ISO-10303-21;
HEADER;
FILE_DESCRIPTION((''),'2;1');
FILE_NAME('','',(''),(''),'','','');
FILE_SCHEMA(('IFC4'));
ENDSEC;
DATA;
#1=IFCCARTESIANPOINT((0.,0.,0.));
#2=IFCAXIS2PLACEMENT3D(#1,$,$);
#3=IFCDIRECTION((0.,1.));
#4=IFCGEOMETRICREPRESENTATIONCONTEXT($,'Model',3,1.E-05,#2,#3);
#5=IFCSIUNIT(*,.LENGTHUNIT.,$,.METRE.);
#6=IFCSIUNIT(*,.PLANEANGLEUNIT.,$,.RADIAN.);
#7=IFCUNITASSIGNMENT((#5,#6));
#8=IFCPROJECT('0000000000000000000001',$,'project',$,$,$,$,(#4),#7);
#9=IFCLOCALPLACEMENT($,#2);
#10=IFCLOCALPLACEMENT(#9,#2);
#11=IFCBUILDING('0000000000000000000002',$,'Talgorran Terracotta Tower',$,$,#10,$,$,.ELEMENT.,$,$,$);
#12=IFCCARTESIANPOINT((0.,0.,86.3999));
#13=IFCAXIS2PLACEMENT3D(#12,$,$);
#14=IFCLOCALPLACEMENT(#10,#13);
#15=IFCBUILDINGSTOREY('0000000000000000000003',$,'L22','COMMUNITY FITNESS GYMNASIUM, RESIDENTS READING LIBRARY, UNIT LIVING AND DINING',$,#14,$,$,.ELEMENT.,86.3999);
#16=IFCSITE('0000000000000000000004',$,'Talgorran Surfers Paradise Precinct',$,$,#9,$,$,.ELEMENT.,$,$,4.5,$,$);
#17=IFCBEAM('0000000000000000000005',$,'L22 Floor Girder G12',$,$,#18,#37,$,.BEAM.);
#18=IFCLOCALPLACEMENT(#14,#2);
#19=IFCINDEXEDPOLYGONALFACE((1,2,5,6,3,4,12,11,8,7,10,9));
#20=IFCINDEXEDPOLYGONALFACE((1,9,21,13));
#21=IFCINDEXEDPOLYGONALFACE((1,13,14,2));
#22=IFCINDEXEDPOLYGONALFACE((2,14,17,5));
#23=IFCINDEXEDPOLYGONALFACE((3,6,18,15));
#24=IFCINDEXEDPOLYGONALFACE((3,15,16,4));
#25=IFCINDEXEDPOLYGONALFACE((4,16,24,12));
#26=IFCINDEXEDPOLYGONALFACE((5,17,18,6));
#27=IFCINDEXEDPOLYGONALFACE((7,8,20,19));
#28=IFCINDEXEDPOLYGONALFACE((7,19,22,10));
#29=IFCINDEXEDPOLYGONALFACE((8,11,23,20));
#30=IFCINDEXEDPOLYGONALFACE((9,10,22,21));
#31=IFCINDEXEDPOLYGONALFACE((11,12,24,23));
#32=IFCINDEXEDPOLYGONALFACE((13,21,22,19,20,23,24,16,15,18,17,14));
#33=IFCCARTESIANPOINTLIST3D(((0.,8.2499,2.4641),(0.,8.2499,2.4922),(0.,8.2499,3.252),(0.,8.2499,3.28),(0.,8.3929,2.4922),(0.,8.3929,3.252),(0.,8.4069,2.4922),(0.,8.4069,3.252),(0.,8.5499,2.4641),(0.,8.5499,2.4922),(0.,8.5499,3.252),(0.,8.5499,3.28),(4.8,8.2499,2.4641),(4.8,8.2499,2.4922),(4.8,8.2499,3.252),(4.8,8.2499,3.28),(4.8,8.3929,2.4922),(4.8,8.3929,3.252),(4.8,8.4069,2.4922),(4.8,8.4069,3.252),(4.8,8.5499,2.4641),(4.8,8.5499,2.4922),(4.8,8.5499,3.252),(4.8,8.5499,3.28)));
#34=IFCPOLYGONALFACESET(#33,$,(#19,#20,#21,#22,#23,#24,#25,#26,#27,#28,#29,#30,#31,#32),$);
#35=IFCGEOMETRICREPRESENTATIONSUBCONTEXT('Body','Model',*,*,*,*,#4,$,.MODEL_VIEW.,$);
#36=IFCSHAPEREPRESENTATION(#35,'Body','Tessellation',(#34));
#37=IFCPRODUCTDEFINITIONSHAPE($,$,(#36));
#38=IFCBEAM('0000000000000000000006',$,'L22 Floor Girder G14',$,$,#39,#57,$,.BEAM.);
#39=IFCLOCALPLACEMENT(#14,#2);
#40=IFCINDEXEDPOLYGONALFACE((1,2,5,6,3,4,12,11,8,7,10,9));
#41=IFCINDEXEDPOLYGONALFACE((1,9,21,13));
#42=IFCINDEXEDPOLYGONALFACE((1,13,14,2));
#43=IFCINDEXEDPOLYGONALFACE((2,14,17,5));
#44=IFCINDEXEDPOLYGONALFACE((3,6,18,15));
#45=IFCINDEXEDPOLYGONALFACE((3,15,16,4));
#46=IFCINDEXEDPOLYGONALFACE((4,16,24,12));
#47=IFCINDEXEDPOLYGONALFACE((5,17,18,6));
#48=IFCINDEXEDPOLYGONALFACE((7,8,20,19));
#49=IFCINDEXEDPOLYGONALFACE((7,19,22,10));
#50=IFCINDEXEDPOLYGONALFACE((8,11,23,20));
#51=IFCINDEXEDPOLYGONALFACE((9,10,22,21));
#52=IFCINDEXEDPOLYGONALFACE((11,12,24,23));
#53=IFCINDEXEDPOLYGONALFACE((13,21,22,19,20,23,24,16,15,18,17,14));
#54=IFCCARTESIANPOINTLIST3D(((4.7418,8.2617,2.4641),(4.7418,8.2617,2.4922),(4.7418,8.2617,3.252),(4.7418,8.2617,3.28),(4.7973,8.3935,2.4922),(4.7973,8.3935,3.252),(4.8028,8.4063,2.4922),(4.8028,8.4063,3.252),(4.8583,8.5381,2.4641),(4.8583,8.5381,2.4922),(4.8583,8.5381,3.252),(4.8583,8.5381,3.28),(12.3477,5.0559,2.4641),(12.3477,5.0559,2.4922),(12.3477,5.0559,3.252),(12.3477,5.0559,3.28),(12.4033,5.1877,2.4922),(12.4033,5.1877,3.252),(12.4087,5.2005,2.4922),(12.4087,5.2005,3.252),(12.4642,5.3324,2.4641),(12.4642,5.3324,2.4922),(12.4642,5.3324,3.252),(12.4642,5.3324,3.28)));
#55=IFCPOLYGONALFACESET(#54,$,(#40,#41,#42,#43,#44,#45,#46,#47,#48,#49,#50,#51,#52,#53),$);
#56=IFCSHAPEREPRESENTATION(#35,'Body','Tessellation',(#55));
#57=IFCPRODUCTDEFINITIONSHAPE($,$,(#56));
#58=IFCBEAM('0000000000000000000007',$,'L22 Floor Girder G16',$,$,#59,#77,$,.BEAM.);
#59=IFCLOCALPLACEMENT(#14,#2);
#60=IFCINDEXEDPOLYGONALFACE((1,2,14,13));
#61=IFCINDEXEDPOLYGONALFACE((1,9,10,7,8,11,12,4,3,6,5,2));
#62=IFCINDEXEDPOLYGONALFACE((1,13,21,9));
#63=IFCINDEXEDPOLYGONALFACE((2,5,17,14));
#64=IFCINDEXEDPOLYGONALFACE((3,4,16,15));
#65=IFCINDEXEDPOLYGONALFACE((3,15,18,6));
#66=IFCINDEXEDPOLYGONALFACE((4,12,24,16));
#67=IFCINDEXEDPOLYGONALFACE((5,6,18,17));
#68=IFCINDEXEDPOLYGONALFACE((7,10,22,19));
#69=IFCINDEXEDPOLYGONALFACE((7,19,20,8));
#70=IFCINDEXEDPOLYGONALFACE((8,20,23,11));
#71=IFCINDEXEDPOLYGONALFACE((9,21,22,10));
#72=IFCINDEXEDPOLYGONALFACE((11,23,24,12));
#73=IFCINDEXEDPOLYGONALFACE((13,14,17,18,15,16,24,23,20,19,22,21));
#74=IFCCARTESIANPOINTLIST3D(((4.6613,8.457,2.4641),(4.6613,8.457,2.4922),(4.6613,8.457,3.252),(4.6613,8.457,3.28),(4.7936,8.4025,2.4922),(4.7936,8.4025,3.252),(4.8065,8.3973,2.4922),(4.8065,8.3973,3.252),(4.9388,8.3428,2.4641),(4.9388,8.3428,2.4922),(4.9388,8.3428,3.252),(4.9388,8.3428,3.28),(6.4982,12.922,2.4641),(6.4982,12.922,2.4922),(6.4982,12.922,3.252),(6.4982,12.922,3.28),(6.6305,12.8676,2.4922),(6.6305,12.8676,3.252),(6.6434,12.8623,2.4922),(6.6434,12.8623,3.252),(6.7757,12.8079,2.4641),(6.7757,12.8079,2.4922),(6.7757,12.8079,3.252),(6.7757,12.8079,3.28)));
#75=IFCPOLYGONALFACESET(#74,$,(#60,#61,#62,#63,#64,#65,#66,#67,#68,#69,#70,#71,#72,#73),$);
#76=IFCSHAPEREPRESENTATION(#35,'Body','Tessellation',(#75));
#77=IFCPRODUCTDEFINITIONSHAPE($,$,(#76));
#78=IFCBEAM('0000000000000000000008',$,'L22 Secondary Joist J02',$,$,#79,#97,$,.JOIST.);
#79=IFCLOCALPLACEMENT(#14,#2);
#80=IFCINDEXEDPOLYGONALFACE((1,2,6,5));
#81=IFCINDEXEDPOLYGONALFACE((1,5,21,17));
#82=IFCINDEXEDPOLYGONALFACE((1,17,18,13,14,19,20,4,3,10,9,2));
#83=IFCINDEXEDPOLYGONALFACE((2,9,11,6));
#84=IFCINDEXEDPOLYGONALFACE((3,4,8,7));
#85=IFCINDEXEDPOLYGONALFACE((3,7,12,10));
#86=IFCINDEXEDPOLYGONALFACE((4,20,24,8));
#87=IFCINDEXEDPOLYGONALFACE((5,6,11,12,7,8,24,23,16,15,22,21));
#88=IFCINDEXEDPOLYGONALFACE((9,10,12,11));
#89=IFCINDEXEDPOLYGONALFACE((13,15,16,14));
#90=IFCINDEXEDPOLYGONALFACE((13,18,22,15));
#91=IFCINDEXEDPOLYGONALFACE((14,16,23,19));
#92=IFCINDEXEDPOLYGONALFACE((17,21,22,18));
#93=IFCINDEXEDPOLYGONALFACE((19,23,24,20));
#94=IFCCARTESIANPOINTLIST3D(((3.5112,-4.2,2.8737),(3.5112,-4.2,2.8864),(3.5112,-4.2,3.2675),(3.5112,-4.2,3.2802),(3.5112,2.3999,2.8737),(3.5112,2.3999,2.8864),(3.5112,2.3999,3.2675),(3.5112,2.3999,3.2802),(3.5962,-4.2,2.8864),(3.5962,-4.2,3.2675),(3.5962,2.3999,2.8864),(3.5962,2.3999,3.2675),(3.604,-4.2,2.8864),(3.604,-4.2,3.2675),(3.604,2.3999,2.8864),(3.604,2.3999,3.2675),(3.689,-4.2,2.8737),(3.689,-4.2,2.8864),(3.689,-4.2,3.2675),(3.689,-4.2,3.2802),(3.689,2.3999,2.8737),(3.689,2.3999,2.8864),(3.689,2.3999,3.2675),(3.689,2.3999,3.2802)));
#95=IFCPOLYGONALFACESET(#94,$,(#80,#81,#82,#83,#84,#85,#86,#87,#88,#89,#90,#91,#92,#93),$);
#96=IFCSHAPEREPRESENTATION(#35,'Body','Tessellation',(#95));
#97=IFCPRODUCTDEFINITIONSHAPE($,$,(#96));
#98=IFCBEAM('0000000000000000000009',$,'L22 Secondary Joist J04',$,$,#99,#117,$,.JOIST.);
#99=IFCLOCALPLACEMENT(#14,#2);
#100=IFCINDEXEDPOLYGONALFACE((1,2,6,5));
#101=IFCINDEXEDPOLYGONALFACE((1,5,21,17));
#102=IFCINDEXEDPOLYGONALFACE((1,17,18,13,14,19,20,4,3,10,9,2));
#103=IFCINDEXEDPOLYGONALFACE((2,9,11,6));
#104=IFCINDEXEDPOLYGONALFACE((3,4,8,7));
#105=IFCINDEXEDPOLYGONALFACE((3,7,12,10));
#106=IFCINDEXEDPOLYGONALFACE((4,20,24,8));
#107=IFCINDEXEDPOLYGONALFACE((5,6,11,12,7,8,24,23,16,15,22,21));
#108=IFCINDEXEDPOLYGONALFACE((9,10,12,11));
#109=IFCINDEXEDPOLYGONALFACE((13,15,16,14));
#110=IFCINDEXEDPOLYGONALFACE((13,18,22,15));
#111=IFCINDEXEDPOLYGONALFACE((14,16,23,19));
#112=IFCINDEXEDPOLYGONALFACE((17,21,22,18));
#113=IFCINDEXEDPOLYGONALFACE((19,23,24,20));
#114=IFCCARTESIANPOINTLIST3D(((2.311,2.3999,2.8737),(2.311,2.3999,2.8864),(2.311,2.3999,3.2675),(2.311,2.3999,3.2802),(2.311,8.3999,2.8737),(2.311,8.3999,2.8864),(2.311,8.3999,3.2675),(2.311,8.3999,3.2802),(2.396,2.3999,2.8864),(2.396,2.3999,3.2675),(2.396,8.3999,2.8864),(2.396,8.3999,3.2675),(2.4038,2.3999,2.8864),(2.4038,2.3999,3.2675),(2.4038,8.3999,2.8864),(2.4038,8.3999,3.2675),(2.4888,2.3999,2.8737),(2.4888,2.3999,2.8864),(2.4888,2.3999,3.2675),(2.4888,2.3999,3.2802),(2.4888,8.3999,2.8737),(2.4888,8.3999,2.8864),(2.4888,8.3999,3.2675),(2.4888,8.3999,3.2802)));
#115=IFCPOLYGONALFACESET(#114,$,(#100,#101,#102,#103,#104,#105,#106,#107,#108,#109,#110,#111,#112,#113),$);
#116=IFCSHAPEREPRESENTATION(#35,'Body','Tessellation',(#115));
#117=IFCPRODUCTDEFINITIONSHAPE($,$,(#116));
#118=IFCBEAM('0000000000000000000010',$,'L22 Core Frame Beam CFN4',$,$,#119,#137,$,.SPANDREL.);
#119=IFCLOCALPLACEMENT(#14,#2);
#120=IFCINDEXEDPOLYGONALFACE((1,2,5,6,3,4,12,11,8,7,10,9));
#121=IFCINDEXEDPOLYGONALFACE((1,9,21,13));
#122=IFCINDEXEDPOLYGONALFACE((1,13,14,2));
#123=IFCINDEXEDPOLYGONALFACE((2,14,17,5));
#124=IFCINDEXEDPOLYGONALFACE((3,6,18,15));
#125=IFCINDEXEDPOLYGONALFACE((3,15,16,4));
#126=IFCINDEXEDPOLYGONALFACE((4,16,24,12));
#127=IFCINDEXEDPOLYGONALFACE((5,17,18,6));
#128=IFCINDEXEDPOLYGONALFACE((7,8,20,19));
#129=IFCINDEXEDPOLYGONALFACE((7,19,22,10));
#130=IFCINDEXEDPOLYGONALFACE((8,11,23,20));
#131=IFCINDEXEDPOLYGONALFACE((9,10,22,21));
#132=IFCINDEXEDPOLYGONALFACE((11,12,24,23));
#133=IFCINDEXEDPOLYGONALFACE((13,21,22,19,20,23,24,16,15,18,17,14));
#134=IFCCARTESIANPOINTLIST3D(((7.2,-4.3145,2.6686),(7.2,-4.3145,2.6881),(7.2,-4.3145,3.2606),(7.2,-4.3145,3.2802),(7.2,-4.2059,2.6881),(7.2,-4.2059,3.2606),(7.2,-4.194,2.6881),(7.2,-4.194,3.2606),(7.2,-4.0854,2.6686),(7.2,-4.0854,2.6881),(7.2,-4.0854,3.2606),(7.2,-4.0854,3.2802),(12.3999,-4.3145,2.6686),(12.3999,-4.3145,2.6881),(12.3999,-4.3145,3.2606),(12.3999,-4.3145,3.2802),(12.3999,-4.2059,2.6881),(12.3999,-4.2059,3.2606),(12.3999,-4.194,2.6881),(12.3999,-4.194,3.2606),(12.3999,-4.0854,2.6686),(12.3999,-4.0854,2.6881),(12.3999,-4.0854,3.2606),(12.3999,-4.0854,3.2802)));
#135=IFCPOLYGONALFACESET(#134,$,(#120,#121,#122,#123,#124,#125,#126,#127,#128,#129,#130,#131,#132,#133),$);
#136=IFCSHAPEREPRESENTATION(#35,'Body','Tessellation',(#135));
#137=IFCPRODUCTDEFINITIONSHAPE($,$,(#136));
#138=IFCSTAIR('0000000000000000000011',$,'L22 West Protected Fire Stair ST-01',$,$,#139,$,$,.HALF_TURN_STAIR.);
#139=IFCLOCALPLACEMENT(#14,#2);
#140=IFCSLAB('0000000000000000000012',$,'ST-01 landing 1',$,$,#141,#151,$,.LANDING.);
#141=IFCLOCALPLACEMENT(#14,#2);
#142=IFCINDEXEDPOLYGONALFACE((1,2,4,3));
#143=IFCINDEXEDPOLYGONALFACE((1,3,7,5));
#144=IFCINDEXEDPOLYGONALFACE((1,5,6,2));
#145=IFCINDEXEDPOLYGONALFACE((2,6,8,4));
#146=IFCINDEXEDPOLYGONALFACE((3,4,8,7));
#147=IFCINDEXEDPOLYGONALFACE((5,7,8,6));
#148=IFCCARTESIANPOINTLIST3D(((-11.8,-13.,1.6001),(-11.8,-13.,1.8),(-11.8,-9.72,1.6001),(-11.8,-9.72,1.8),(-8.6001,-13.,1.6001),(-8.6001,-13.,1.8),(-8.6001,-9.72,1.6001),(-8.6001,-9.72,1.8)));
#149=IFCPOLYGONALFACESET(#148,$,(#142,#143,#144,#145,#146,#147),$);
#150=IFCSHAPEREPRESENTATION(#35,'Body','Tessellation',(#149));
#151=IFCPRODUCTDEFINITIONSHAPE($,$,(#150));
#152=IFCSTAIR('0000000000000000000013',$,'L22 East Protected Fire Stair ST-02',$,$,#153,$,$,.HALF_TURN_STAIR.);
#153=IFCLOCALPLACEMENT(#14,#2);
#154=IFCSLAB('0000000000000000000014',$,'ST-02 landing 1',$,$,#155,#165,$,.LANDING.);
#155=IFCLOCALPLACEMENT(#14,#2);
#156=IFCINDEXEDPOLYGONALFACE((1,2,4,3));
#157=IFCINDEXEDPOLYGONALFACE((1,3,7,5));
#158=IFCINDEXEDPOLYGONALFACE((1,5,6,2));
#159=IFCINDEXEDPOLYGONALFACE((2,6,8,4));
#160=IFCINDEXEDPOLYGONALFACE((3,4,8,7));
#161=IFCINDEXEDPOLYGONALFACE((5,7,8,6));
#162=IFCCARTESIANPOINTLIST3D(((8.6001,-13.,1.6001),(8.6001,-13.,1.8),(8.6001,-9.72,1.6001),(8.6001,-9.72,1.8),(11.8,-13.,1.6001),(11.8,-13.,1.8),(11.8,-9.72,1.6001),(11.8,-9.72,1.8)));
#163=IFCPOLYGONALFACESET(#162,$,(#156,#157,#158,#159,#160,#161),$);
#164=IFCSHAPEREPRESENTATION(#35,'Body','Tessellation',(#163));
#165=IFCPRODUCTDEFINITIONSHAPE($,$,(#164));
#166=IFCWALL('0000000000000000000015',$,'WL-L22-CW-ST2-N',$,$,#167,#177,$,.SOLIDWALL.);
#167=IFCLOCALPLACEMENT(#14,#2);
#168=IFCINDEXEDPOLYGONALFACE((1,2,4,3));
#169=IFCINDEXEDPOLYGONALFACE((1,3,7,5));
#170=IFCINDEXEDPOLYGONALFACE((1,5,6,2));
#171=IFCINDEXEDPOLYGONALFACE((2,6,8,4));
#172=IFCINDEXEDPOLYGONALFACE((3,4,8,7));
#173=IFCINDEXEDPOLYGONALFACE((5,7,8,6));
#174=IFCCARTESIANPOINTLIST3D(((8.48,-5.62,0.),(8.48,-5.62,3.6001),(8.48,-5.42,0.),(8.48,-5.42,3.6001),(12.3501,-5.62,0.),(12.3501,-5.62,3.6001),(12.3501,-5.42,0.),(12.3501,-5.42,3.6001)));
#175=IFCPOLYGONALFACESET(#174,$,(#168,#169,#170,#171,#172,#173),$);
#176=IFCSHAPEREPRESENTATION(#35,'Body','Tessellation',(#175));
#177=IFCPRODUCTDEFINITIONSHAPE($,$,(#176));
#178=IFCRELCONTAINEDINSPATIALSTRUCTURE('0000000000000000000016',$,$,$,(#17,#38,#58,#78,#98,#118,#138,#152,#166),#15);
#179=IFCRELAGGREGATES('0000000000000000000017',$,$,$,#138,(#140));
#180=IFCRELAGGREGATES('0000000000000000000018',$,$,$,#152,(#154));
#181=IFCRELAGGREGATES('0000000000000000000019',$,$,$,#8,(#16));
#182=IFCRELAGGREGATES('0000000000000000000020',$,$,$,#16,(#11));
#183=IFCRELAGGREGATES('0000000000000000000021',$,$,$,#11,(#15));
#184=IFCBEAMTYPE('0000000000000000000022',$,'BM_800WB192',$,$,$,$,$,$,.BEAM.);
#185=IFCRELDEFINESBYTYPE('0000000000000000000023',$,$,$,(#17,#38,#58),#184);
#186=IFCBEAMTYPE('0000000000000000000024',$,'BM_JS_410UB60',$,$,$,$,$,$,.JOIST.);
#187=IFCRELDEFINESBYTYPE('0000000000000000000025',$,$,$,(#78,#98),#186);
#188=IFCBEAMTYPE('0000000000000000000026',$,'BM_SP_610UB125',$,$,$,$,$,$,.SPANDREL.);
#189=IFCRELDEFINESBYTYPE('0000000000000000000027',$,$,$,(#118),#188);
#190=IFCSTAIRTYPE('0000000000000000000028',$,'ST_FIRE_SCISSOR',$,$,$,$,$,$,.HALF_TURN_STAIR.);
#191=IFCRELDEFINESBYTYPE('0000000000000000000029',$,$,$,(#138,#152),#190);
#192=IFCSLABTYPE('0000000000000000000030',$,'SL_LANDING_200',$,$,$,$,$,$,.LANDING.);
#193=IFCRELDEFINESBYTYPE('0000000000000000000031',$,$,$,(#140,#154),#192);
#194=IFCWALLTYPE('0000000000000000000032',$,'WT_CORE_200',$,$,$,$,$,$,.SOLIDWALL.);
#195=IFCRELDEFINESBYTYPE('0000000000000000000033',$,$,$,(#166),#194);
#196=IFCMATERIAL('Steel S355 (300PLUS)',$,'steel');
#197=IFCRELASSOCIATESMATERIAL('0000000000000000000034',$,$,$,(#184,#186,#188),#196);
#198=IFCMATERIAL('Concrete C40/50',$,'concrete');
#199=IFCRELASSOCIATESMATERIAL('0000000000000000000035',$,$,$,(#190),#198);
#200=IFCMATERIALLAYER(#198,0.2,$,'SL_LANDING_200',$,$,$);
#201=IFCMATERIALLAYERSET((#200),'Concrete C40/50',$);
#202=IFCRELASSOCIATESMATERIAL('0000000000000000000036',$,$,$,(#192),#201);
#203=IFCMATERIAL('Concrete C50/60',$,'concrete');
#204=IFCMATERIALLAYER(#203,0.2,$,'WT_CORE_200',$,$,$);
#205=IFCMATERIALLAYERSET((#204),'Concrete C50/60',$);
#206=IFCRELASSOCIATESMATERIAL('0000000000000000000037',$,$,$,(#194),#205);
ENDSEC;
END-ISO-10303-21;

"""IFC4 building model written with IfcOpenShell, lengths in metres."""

from ifc_helpers import new_model, si_unit, direction, frame, frame_2d, origin, origin_2d, place, context, subcontext, project, spatial, polyline, rectangle, i_section, outline, extrude, material, layer, layer_set, material_profile, profile_set, type_object, element, aggregate, save


model = new_model("IFC4")

# Units and contexts
model_context = context("Model", 3, precision=1e-05, world=origin(), true_north=direction((0.0, 1.0)))
body_context = subcontext(model_context, "Body", "Model", "MODEL_VIEW")
ifc_project = project(units=[si_unit("LENGTHUNIT", "METRE"), si_unit("PLANEANGLEUNIT", "RADIAN")], contexts=[model_context])

# Site, building, storey
site_placement = place(None, origin())
site = spatial("IfcSite", under=ifc_project, at=site_placement, Name="Talgorran Surfers Paradise Precinct", CompositionType="ELEMENT", RefElevation=4.5)
building_placement = place(site_placement, origin())
building = spatial("IfcBuilding", under=site, at=building_placement, Name="Talgorran Terracotta Tower", CompositionType="ELEMENT")
storey_placement = place(building_placement, frame((0.0, 0.0, 86.3999)))
storey = spatial("IfcBuildingStorey", under=building, at=storey_placement, Name="L22", Description="COMMUNITY FITNESS GYMNASIUM, RESIDENTS READING LIBRARY, UNIT LIVING AND DINING", CompositionType="ELEMENT", Elevation=86.3999)

# Shared definitions
ifc_material_1 = material(Name="Steel S355 (300PLUS)", Category="steel")

# Beams
ifc_material_profile_1 = material_profile(ifc_material_1, i_section(OverallWidth=0.3, OverallDepth=0.8159, WebThickness=0.0139, FlangeThickness=0.0281, at=origin_2d()), Name="800WB192")
ifc_profile_set_1 = profile_set([ifc_material_profile_1], Name="Steel S355 (300PLUS)")
beam_type_1 = type_object("IfcBeamType", Name="BM_800WB192", PredefinedType="BEAM", material=ifc_profile_set_1)
beam_1_placement = place(storey_placement, frame((0.0, 8.3999, 2.8721), z_axis=(1.0, 0.0, 0.0), x_axis=(0.0, 1.0, 0.0)))
element("IfcBeam", 1, at=beam_1_placement, inside=storey, type_object=beam_type_1, Name="L22 Floor Girder G12", PredefinedType="BEAM", context=body_context, shape_type="SweptSolid", body=[
    extrude(i_section(OverallWidth=0.3, OverallDepth=0.8159, WebThickness=0.0139, FlangeThickness=0.0281, at=origin_2d()), origin(), (0.0, 0.0, 1.0), 4.8),
])
beam_2_placement = place(storey_placement, frame((4.8, 8.3999, 2.8721), z_axis=(0.921492, -0.388397, 0.0), x_axis=(0.388397, 0.921492, 0.0)))
element("IfcBeam", 2, at=beam_2_placement, inside=storey, type_object=beam_type_1, Name="L22 Floor Girder G14", PredefinedType="BEAM", context=body_context, shape_type="SweptSolid", body=[
    extrude(i_section(OverallWidth=0.3, OverallDepth=0.8159, WebThickness=0.0139, FlangeThickness=0.0281, at=origin_2d()), origin(), (0.0, 0.0, 1.0), 8.2539),
])
beam_3_placement = place(storey_placement, frame((4.8, 8.3999, 2.8721), z_axis=(0.380457, 0.924798, 0.0), x_axis=(-0.924798, 0.380457, 0.0)))
element("IfcBeam", 3, at=beam_3_placement, inside=storey, type_object=beam_type_1, Name="L22 Floor Girder G16", PredefinedType="BEAM", context=body_context, shape_type="SweptSolid", body=[
    extrude(i_section(OverallWidth=0.3, OverallDepth=0.8159, WebThickness=0.0139, FlangeThickness=0.0281, at=origin_2d()), origin(), (0.0, 0.0, 1.0), 4.8281),
])
ifc_material_profile_2 = material_profile(ifc_material_1, i_section(OverallWidth=0.1777, OverallDepth=0.4065, WebThickness=0.0078, FlangeThickness=0.0127, at=origin_2d()), Name="410UB59.7")
ifc_profile_set_2 = profile_set([ifc_material_profile_2], Name="Steel S355 (300PLUS)")
beam_type_2 = type_object("IfcBeamType", Name="BM_JS_410UB60", PredefinedType="JOIST", material=ifc_profile_set_2)
beam_4_placement = place(storey_placement, frame((3.6001, -4.2, 3.0769), z_axis=(0.0, 1.0, 0.0), x_axis=(-1.0, 0.0, 0.0)))
element("IfcBeam", 4, at=beam_4_placement, inside=storey, type_object=beam_type_2, Name="L22 Secondary Joist J02", PredefinedType="JOIST", context=body_context, shape_type="SweptSolid", body=[
    extrude(i_section(OverallWidth=0.1777, OverallDepth=0.4065, WebThickness=0.0078, FlangeThickness=0.0127, at=origin_2d()), origin(), (0.0, 0.0, 1.0), 6.5999),
])
beam_5_placement = place(storey_placement, frame((2.3999, 2.3999, 3.0769), z_axis=(0.0, 1.0, 0.0), x_axis=(-1.0, 0.0, 0.0)))
element("IfcBeam", 5, at=beam_5_placement, inside=storey, type_object=beam_type_2, Name="L22 Secondary Joist J04", PredefinedType="JOIST", context=body_context, shape_type="SweptSolid", body=[
    extrude(i_section(OverallWidth=0.1777, OverallDepth=0.4065, WebThickness=0.0078, FlangeThickness=0.0127, at=origin_2d()), origin(), (0.0, 0.0, 1.0), 6.0),
])
ifc_material_profile_3 = material_profile(ifc_material_1, i_section(OverallWidth=0.229, OverallDepth=0.6116, WebThickness=0.012, FlangeThickness=0.0195, at=origin_2d()), Name="610UB125")
ifc_profile_set_3 = profile_set([ifc_material_profile_3], Name="Steel S355 (300PLUS)")
beam_type_3 = type_object("IfcBeamType", Name="BM_SP_610UB125", PredefinedType="SPANDREL", material=ifc_profile_set_3)
beam_6_placement = place(storey_placement, frame((7.2, -4.2, 2.9744), z_axis=(1.0, 0.0, 0.0), x_axis=(0.0, 1.0, 0.0)))
element("IfcBeam", 6, at=beam_6_placement, inside=storey, type_object=beam_type_3, Name="L22 Core Frame Beam CFN4", PredefinedType="SPANDREL", context=body_context, shape_type="SweptSolid", body=[
    extrude(i_section(OverallWidth=0.229, OverallDepth=0.6116, WebThickness=0.012, FlangeThickness=0.0195, at=origin_2d()), origin(), (0.0, 0.0, 1.0), 5.2),
])

# Stairs, slabs
ifc_material_2 = material(Name="Concrete C40/50", Category="concrete")
stair_type = type_object("IfcStairType", Name="ST_FIRE_SCISSOR", PredefinedType="HALF_TURN_STAIR", material=ifc_material_2)
stair_1_placement = place(storey_placement, origin())
stair_1 = element("IfcStair", 7, at=stair_1_placement, inside=storey, type_object=stair_type, Name="L22 West Protected Fire Stair ST-01", PredefinedType="HALF_TURN_STAIR")
ifc_layer_1 = layer(ifc_material_2, 0.2, Name="SL_LANDING_200")
ifc_layer_set_1 = layer_set([ifc_layer_1], Name="Concrete C40/50")
slab_type = type_object("IfcSlabType", Name="SL_LANDING_200", PredefinedType="LANDING", material=ifc_layer_set_1)
slab_1_placement = place(storey_placement, frame((0.0, 0.0, 1.6001)))
slab_1 = element("IfcSlab", 8, at=slab_1_placement, type_object=slab_type, Name="ST-01 landing 1", PredefinedType="LANDING", context=body_context, shape_type="SweptSolid", body=[
    extrude(outline(polyline([(-11.8, -9.72), (-11.8, -13.0), (-8.6001, -13.0), (-8.6001, -9.72), (-11.8, -9.72)])), origin(), (0.0, 0.0, 1.0), 0.2),
])
aggregate(stair_1, [slab_1])
stair_2_placement = place(storey_placement, origin())
stair_2 = element("IfcStair", 9, at=stair_2_placement, inside=storey, type_object=stair_type, Name="L22 East Protected Fire Stair ST-02", PredefinedType="HALF_TURN_STAIR")
slab_2_placement = place(storey_placement, frame((0.0, 0.0, 1.6001)))
slab_2 = element("IfcSlab", 10, at=slab_2_placement, type_object=slab_type, Name="ST-02 landing 1", PredefinedType="LANDING", context=body_context, shape_type="SweptSolid", body=[
    extrude(outline(polyline([(8.6001, -9.72), (8.6001, -13.0), (11.8, -13.0), (11.8, -9.72), (8.6001, -9.72)])), origin(), (0.0, 0.0, 1.0), 0.2),
])
aggregate(stair_2, [slab_2])

# Wall
ifc_material_3 = material(Name="Concrete C50/60", Category="concrete")
ifc_layer_2 = layer(ifc_material_3, 0.2, Name="WT_CORE_200")
ifc_layer_set_2 = layer_set([ifc_layer_2], Name="Concrete C50/60")
wall_type_1 = type_object("IfcWallType", Name="WT_CORE_200", PredefinedType="SOLIDWALL", material=ifc_layer_set_2)
wall_1_placement = place(storey_placement, frame((8.48, -5.52, 0.0), z_axis=(0.0, 0.0, 1.0), x_axis=(1.0, 0.0, 0.0)))
element("IfcWall", 11, at=wall_1_placement, inside=storey, type_object=wall_type_1, Name="WL-L22-CW-ST2-N", PredefinedType="SOLIDWALL", context=body_context, shape_type="SweptSolid", body=[
    extrude(rectangle(XDim=3.8701, YDim=0.2, at=frame_2d((1.9351, 0.0))), origin(), (0.0, 0.0, 1.0), 3.6001),
])

save(model, "model.ifc")
